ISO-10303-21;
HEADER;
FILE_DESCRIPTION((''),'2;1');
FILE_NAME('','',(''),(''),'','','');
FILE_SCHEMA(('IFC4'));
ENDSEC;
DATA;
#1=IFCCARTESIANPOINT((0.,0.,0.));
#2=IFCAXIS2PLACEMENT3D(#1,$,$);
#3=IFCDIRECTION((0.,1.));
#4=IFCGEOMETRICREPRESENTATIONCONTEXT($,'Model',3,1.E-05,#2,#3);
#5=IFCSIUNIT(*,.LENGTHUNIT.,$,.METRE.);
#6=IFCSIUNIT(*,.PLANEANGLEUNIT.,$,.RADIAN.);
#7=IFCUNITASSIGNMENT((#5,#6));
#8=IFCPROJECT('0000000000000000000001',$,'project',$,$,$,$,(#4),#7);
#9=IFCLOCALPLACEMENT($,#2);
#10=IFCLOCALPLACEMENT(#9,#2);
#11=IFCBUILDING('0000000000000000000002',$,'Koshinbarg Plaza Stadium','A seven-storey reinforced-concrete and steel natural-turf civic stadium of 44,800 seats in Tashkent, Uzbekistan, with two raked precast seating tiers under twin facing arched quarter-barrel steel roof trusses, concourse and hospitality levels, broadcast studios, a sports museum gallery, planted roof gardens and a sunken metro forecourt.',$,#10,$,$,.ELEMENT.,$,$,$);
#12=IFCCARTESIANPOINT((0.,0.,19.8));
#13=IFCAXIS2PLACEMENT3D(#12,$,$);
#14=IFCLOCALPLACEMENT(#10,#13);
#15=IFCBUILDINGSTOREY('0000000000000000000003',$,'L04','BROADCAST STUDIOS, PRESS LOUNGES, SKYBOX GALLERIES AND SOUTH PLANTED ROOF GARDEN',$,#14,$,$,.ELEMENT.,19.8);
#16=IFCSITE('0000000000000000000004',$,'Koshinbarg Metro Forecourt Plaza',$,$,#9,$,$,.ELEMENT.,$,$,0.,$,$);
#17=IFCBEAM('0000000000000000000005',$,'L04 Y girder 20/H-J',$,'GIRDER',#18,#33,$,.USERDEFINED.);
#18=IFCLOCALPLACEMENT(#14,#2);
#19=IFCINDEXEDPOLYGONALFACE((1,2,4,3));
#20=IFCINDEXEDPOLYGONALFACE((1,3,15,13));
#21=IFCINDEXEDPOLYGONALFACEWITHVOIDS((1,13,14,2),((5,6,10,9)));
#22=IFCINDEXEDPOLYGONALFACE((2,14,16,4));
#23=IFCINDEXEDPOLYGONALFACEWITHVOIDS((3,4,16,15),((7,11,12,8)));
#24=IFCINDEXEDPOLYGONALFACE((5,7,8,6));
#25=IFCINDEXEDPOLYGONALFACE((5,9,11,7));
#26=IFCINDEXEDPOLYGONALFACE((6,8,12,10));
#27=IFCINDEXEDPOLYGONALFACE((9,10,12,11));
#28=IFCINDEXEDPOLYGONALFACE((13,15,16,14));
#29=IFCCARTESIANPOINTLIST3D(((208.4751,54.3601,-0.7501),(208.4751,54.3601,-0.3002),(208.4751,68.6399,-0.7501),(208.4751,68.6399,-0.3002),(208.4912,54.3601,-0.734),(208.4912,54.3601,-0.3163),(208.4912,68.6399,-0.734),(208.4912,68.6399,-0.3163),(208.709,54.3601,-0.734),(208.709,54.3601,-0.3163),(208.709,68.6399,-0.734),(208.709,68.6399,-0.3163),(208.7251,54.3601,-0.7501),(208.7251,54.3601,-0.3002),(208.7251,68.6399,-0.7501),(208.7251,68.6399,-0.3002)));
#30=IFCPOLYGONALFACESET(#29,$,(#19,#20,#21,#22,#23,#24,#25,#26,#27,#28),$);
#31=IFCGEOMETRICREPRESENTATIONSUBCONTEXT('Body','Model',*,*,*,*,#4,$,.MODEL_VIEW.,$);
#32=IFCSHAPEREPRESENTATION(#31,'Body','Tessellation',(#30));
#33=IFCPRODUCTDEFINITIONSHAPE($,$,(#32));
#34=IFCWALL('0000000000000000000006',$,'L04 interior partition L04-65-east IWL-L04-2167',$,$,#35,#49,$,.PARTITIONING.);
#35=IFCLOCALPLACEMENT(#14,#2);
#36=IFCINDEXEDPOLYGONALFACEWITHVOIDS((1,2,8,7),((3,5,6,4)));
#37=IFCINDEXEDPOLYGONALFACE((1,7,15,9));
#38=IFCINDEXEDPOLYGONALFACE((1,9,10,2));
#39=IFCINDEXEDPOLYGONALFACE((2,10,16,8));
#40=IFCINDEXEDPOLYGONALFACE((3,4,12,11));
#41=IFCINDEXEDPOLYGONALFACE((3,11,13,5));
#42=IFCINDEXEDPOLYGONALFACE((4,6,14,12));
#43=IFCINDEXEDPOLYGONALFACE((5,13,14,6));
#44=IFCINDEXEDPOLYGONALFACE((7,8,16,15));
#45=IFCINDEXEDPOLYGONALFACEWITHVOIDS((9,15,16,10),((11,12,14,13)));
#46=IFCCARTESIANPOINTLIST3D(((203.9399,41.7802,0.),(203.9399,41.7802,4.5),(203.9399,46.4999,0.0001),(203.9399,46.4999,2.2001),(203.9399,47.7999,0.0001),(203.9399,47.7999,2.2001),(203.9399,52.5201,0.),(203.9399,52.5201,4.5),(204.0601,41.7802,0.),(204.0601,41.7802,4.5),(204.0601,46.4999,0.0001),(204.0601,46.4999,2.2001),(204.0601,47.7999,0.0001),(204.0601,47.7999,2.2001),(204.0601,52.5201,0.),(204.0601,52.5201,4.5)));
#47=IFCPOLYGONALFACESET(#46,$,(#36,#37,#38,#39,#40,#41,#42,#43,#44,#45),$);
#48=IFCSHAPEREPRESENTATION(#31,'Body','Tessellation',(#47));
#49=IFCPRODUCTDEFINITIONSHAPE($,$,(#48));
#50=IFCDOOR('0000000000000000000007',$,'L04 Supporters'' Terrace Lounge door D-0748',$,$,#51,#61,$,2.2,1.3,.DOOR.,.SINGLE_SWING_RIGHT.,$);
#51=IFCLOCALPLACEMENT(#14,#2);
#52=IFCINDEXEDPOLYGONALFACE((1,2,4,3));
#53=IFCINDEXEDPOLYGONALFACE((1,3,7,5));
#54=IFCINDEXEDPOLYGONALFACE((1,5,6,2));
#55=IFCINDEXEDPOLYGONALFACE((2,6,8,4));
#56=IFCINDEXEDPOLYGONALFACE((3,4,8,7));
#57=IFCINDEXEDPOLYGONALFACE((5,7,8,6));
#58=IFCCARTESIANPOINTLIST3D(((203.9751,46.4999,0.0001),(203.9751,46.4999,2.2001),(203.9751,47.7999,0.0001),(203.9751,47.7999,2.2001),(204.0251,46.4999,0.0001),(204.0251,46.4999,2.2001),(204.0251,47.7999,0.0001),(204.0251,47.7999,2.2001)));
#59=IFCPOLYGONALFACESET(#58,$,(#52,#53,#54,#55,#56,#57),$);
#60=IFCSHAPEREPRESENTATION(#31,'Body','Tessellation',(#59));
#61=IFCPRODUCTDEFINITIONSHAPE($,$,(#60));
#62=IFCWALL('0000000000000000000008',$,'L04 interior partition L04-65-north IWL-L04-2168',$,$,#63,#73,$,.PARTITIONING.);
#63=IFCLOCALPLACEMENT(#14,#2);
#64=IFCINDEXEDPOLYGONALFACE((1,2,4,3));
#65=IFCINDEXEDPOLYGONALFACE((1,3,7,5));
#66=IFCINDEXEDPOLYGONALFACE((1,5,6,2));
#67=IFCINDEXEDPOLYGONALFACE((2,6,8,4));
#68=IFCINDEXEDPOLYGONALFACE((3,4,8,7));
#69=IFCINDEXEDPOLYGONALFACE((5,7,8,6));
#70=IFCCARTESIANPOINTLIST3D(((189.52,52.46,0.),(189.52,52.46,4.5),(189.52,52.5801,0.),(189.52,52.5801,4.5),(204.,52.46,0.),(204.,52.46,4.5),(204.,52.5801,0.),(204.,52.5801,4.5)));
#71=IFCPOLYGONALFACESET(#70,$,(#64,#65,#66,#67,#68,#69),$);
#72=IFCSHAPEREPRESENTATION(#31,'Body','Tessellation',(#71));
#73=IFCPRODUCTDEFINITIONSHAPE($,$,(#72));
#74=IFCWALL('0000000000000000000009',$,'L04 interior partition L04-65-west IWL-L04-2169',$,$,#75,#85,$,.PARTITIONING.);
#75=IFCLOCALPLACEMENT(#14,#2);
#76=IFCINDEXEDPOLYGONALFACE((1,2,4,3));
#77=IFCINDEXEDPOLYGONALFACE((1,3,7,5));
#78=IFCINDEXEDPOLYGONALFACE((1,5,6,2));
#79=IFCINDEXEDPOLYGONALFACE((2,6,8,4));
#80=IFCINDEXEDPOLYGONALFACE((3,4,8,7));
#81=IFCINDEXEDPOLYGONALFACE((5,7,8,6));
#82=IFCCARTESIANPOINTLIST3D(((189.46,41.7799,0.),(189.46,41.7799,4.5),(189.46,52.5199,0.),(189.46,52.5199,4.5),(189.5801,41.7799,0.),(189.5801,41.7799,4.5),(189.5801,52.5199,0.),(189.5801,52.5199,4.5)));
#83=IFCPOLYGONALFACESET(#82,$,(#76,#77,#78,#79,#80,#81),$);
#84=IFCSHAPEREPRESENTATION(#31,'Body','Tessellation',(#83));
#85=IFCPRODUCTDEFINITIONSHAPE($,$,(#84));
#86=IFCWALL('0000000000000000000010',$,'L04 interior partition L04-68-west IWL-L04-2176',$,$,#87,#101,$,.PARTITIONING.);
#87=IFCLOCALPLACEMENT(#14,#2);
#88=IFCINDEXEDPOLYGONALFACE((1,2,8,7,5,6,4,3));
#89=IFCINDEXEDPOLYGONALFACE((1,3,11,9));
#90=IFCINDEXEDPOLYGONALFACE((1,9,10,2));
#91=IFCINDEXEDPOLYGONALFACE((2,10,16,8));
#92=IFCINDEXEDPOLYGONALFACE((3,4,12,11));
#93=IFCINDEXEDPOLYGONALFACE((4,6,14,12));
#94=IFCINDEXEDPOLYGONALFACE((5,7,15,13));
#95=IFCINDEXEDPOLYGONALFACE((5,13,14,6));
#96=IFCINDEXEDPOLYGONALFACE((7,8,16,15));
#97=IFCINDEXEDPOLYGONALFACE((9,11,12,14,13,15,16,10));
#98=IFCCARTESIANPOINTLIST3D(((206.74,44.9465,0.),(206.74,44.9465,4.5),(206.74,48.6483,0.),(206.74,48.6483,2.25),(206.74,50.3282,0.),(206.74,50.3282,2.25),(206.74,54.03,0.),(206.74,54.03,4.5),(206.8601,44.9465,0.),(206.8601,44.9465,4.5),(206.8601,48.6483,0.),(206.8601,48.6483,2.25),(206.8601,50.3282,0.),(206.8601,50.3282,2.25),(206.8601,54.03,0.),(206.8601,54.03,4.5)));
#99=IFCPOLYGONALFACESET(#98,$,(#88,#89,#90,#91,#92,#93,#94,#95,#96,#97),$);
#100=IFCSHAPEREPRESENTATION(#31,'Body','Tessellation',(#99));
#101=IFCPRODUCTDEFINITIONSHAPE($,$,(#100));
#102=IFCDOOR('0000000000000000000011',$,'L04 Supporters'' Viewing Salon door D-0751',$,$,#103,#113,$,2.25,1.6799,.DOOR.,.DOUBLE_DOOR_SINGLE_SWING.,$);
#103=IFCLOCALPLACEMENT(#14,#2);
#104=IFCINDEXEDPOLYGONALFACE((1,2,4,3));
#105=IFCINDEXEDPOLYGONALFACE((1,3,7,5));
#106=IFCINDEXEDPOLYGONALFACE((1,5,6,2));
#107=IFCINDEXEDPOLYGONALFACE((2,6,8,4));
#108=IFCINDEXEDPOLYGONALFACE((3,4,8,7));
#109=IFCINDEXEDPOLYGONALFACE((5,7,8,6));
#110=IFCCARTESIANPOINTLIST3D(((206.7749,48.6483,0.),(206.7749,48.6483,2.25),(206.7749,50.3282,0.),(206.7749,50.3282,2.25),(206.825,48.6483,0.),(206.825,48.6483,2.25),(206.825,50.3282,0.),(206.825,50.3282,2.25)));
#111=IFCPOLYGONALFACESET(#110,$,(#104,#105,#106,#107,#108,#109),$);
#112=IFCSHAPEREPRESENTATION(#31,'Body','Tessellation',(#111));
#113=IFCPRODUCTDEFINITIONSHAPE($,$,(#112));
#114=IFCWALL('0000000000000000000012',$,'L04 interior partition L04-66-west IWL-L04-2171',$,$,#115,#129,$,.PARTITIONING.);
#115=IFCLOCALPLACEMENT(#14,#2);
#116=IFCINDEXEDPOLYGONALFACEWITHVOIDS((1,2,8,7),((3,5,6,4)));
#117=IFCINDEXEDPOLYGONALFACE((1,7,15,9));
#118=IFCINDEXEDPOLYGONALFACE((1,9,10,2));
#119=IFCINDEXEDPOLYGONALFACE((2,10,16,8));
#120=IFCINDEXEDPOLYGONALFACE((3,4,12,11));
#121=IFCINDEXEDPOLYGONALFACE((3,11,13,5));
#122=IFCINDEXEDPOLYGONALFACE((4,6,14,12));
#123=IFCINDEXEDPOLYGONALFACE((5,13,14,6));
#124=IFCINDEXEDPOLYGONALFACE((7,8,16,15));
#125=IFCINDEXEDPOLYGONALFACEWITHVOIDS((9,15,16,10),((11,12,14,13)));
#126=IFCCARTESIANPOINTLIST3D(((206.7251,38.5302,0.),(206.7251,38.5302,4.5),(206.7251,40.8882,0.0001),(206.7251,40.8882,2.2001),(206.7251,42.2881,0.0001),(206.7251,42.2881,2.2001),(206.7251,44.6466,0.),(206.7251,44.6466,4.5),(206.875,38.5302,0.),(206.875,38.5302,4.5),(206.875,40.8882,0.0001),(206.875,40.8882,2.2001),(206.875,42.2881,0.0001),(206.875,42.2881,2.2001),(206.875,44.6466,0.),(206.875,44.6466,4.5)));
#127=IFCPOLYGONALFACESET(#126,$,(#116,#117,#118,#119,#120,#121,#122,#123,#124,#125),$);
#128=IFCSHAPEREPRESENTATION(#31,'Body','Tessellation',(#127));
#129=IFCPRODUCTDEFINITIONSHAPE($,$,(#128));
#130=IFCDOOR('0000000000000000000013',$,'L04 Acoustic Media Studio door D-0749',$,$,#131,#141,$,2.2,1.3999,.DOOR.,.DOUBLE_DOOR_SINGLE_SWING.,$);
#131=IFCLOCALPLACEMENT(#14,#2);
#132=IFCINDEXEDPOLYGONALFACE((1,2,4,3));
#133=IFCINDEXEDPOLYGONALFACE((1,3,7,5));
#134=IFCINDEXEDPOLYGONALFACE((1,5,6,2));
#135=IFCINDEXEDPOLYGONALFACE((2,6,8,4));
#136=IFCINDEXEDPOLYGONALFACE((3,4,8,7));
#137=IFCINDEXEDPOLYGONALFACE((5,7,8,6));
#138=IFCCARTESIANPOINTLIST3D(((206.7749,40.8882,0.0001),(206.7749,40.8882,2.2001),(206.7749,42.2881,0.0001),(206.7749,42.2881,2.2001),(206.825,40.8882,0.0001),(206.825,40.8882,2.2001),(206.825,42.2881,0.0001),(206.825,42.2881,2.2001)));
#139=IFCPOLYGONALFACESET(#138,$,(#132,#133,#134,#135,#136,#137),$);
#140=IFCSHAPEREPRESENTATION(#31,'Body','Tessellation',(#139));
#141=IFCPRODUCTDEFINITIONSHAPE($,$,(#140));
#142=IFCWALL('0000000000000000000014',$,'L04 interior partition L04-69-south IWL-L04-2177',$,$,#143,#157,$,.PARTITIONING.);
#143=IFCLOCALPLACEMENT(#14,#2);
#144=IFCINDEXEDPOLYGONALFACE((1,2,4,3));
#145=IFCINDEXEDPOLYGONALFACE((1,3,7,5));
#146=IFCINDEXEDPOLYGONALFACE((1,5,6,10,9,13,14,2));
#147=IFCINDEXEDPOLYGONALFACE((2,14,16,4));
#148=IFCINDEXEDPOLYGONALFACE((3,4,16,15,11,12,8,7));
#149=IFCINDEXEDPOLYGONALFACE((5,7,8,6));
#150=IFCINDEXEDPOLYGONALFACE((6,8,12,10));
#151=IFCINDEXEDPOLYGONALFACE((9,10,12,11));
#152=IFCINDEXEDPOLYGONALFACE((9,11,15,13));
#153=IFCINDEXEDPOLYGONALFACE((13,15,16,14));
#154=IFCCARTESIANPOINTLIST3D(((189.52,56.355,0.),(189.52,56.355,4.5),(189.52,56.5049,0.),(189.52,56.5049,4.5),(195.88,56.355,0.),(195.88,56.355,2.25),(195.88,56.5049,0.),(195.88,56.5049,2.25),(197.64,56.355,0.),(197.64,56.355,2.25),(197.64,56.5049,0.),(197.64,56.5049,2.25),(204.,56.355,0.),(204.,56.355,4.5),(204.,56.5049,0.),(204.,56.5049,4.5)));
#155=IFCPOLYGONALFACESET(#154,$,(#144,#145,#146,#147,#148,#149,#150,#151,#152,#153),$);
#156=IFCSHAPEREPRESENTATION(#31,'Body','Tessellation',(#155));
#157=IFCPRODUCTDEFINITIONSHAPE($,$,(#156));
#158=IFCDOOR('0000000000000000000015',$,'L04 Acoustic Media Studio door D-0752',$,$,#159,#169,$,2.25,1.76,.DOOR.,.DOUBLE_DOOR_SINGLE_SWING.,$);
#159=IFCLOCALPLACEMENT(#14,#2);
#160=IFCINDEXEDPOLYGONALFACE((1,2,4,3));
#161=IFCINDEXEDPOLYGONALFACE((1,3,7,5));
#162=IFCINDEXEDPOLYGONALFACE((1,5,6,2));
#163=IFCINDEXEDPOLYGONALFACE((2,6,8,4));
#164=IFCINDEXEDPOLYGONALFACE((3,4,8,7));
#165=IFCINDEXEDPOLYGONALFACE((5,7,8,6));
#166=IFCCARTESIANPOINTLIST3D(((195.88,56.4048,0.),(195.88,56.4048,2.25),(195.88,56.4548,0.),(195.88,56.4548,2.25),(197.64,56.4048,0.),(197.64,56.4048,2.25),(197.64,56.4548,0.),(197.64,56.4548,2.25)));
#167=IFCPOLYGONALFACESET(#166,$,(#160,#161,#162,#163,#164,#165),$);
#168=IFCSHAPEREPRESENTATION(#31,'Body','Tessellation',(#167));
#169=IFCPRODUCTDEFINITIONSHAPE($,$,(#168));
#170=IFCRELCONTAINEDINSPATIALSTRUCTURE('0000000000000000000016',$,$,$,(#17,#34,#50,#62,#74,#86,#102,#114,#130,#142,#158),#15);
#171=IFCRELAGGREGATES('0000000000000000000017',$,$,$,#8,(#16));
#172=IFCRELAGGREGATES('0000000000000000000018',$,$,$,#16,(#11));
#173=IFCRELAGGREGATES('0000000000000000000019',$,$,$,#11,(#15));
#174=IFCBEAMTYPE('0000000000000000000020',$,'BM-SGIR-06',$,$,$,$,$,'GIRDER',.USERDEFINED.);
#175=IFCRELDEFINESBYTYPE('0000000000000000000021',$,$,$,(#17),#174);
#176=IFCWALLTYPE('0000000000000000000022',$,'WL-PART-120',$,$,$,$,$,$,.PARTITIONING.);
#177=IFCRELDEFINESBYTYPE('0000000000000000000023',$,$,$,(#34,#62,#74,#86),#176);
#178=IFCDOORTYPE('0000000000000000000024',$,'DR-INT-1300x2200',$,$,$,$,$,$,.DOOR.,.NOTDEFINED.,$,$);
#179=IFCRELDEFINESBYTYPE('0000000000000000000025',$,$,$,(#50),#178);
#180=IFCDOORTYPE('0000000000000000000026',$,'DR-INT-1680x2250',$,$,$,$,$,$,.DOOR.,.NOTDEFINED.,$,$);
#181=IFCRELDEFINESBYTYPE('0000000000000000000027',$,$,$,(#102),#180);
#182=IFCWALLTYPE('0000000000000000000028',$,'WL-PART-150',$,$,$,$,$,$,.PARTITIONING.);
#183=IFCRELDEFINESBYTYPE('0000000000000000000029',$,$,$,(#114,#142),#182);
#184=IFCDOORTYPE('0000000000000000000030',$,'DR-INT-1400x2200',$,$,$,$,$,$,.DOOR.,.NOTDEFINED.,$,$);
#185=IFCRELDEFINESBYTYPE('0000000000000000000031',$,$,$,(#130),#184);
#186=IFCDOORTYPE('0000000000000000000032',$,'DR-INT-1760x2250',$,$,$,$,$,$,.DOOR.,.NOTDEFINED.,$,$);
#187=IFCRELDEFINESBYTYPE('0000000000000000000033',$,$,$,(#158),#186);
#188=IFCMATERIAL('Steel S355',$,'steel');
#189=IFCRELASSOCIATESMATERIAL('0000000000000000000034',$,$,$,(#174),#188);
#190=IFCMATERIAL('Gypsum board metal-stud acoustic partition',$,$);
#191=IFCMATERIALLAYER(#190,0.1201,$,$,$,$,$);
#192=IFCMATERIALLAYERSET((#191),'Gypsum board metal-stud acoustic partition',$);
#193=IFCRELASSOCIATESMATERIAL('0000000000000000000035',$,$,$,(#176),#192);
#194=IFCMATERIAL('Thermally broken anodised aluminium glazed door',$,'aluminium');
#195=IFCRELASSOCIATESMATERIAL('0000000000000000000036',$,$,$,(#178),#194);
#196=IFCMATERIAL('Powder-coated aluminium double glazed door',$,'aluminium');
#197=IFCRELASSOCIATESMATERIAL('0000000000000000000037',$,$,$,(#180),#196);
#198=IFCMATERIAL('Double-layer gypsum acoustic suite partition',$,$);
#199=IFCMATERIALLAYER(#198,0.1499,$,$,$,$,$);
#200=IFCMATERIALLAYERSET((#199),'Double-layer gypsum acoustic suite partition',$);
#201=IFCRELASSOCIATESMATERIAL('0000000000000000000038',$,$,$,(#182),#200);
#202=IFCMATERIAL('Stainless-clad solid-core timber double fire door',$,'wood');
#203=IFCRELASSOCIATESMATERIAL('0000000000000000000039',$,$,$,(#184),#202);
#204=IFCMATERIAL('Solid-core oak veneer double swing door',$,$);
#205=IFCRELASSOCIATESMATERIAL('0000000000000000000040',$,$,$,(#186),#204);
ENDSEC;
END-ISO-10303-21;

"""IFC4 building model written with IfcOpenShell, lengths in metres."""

from ifc_helpers import new_model, si_unit, direction, frame, frame_2d, origin, origin_2d, place, context, subcontext, project, spatial, rectangle, hollow_rectangle, extrude, material, layer, layer_set, material_profile, profile_set, type_object, element, fill, save


model = new_model("IFC4")

# Units and contexts
model_context = context("Model", 3, precision=1e-05, world=origin(), true_north=direction((0.0, 1.0)))
body_context = subcontext(model_context, "Body", "Model", "MODEL_VIEW")
ifc_project = project(units=[si_unit("LENGTHUNIT", "METRE"), si_unit("PLANEANGLEUNIT", "RADIAN")], contexts=[model_context])

# Site, building, storey
site_placement = place(None, origin())
site = spatial("IfcSite", under=ifc_project, at=site_placement, Name="Koshinbarg Metro Forecourt Plaza", CompositionType="ELEMENT", RefElevation=0.0)
building_placement = place(site_placement, origin())
building = spatial("IfcBuilding", under=site, at=building_placement, Name="Koshinbarg Plaza Stadium", Description="A seven-storey reinforced-concrete and steel natural-turf civic stadium of 44,800 seats in Tashkent, Uzbekistan, with two raked precast seating tiers under twin facing arched quarter-barrel steel roof trusses, concourse and hospitality levels, broadcast studios, a sports museum gallery, planted roof gardens and a sunken metro forecourt.", CompositionType="ELEMENT")
storey_placement = place(building_placement, frame((0.0, 0.0, 19.8)))
storey = spatial("IfcBuildingStorey", under=building, at=storey_placement, Name="L04", Description="BROADCAST STUDIOS, PRESS LOUNGES, SKYBOX GALLERIES AND SOUTH PLANTED ROOF GARDEN", CompositionType="ELEMENT", Elevation=19.8)

# Shared definitions
ifc_material_1 = material(Name="Steel S355", Category="steel")

# Beam
ifc_material_profile_1 = material_profile(ifc_material_1, hollow_rectangle(XDim=0.25, YDim=0.45, WallThickness=0.0161, at=origin_2d()), Name="RHS 450x250x16")
ifc_profile_set_1 = profile_set([ifc_material_profile_1], Name="Steel S355")
beam_type_1 = type_object("IfcBeamType", Name="BM-SGIR-06", ElementType="GIRDER", PredefinedType="USERDEFINED", material=ifc_profile_set_1)
beam_1_placement = place(storey_placement, frame((208.6001, 54.3601, -0.5251), z_axis=(0.0, 1.0, 0.0), x_axis=(-1.0, 0.0, 0.0)))
element("IfcBeam", 1, at=beam_1_placement, inside=storey, type_object=beam_type_1, Name="L04 Y girder 20/H-J", ObjectType="GIRDER", PredefinedType="USERDEFINED", context=body_context, shape_type="SweptSolid", body=[
    extrude(hollow_rectangle(XDim=0.25, YDim=0.45, WallThickness=0.0161, at=origin_2d()), origin(), (0.0, 0.0, 1.0), 14.2798),
])

# Wall, opening, door
ifc_material_2 = material(Name="Gypsum board metal-stud acoustic partition")
ifc_layer_1 = layer(ifc_material_2, 0.1201)
ifc_layer_set_1 = layer_set([ifc_layer_1], Name="Gypsum board metal-stud acoustic partition")
wall_type_1 = type_object("IfcWallType", Name="WL-PART-120", PredefinedType="PARTITIONING", material=ifc_layer_set_1)
wall_1_placement = place(storey_placement, frame((204.0, 41.78, 0.0), z_axis=(0.0, 0.0, 1.0), x_axis=(0.0, 1.0, 0.0)))
wall_1 = element("IfcWall", 2, at=wall_1_placement, inside=storey, type_object=wall_type_1, Name="L04 interior partition L04-65-east IWL-L04-2167", PredefinedType="PARTITIONING", context=body_context, shape_type="SweptSolid", body=[
    extrude(rectangle(XDim=10.74, YDim=0.1201, at=frame_2d((5.3701, 0.0))), origin(), (0.0, 0.0, 1.0), 4.5),
])
opening_1_placement = place(wall_1_placement, frame((4.72, 0.0, 0.0)))
opening_1 = element("IfcOpeningElement", 3, at=opening_1_placement, cuts=wall_1, PredefinedType="OPENING", context=body_context, shape_type="SweptSolid", body=[
    extrude(rectangle(XDim=1.3, YDim=2.2, at=frame_2d((0.6499, 1.1001))), frame((0.0, 0.0701, 0.0), z_axis=(0.0, -1.0, 0.0), x_axis=(1.0, 0.0, 0.0)), (0.0, 0.0, 1.0), 0.1401),
])
ifc_material_3 = material(Name="Thermally broken anodised aluminium glazed door", Category="aluminium")
door_type_1 = type_object("IfcDoorType", Name="DR-INT-1300x2200", OperationType="NOTDEFINED", PredefinedType="DOOR", material=ifc_material_3)
door_1_placement = place(opening_1_placement, origin())
door_1 = element("IfcDoor", 4, at=door_1_placement, inside=storey, type_object=door_type_1, Name="L04 Supporters' Terrace Lounge door D-0748", OperationType="SINGLE_SWING_RIGHT", OverallHeight=2.2, OverallWidth=1.3, PredefinedType="DOOR", context=body_context, shape_type="SweptSolid", body=[
    extrude(rectangle(XDim=1.3, YDim=2.2, at=frame_2d((0.6499, 1.1001))), frame((0.0, 0.0249, 0.0), z_axis=(0.0, -1.0, 0.0), x_axis=(1.0, 0.0, 0.0)), (0.0, 0.0, 1.0), 0.05),
])
fill(opening_1, door_1)

# Walls
wall_2_placement = place(storey_placement, frame((204.0, 52.52, 0.0), z_axis=(0.0, 0.0, 1.0), x_axis=(-1.0, 0.0, 0.0)))
element("IfcWall", 5, at=wall_2_placement, inside=storey, type_object=wall_type_1, Name="L04 interior partition L04-65-north IWL-L04-2168", PredefinedType="PARTITIONING", context=body_context, shape_type="SweptSolid", body=[
    extrude(rectangle(XDim=14.48, YDim=0.1201, at=frame_2d((7.24, 0.0))), origin(), (0.0, 0.0, 1.0), 4.5),
])
wall_3_placement = place(storey_placement, frame((189.52, 52.52, 0.0), z_axis=(0.0, 0.0, 1.0), x_axis=(0.0, -1.0, 0.0)))
element("IfcWall", 6, at=wall_3_placement, inside=storey, type_object=wall_type_1, Name="L04 interior partition L04-65-west IWL-L04-2169", PredefinedType="PARTITIONING", context=body_context, shape_type="SweptSolid", body=[
    extrude(rectangle(XDim=10.74, YDim=0.1201, at=frame_2d((5.3701, 0.0))), origin(), (0.0, 0.0, 1.0), 4.5),
])

# Walls, openings, doors
wall_4_placement = place(storey_placement, frame((206.8, 54.03, 0.0), z_axis=(0.0, 0.0, 1.0), x_axis=(0.0, -1.0, 0.0)))
wall_4 = element("IfcWall", 7, at=wall_4_placement, inside=storey, type_object=wall_type_1, Name="L04 interior partition L04-68-west IWL-L04-2176", PredefinedType="PARTITIONING", context=body_context, shape_type="SweptSolid", body=[
    extrude(rectangle(XDim=9.0835, YDim=0.1201, at=frame_2d((4.5417, 0.0))), origin(), (0.0, 0.0, 1.0), 4.5),
])
opening_2_placement = place(wall_4_placement, frame((3.7019, 0.0, 0.0)))
opening_2 = element("IfcOpeningElement", 8, at=opening_2_placement, cuts=wall_4, PredefinedType="OPENING", context=body_context, shape_type="SweptSolid", body=[
    extrude(rectangle(XDim=1.6799, YDim=2.25, at=frame_2d((0.8398, 1.125))), frame((0.0, 0.0701, 0.0), z_axis=(0.0, -1.0, 0.0), x_axis=(1.0, 0.0, 0.0)), (0.0, 0.0, 1.0), 0.1401),
])
ifc_material_4 = material(Name="Powder-coated aluminium double glazed door", Category="aluminium")
door_type_2 = type_object("IfcDoorType", Name="DR-INT-1680x2250", OperationType="NOTDEFINED", PredefinedType="DOOR", material=ifc_material_4)
door_2_placement = place(opening_2_placement, origin())
door_2 = element("IfcDoor", 9, at=door_2_placement, inside=storey, type_object=door_type_2, Name="L04 Supporters' Viewing Salon door D-0751", OperationType="DOUBLE_DOOR_SINGLE_SWING", OverallHeight=2.25, OverallWidth=1.6799, PredefinedType="DOOR", context=body_context, shape_type="SweptSolid", body=[
    extrude(rectangle(XDim=1.6799, YDim=2.25, at=frame_2d((0.8398, 1.125))), frame((0.0, 0.0249, 0.0), z_axis=(0.0, -1.0, 0.0), x_axis=(1.0, 0.0, 0.0)), (0.0, 0.0, 1.0), 0.05),
])
fill(opening_2, door_2)
ifc_material_5 = material(Name="Double-layer gypsum acoustic suite partition")
ifc_layer_2 = layer(ifc_material_5, 0.1499)
ifc_layer_set_2 = layer_set([ifc_layer_2], Name="Double-layer gypsum acoustic suite partition")
wall_type_2 = type_object("IfcWallType", Name="WL-PART-150", PredefinedType="PARTITIONING", material=ifc_layer_set_2)
wall_5_placement = place(storey_placement, frame((206.8, 44.6465, 0.0), z_axis=(0.0, 0.0, 1.0), x_axis=(0.0, -1.0, 0.0)))
wall_5 = element("IfcWall", 10, at=wall_5_placement, inside=storey, type_object=wall_type_2, Name="L04 interior partition L04-66-west IWL-L04-2171", PredefinedType="PARTITIONING", context=body_context, shape_type="SweptSolid", body=[
    extrude(rectangle(XDim=6.1165, YDim=0.1499, at=frame_2d((3.0581, 0.0))), origin(), (0.0, 0.0, 1.0), 4.5),
])
opening_3_placement = place(wall_5_placement, frame((2.3584, 0.0, 0.0)))
opening_3 = element("IfcOpeningElement", 11, at=opening_3_placement, cuts=wall_5, PredefinedType="OPENING", context=body_context, shape_type="SweptSolid", body=[
    extrude(rectangle(XDim=1.3999, YDim=2.2, at=frame_2d((0.7, 1.1001))), frame((0.0, 0.085, 0.0), z_axis=(0.0, -1.0, 0.0), x_axis=(1.0, 0.0, 0.0)), (0.0, 0.0, 1.0), 0.1699),
])
ifc_material_6 = material(Name="Stainless-clad solid-core timber double fire door", Category="wood")
door_type_3 = type_object("IfcDoorType", Name="DR-INT-1400x2200", OperationType="NOTDEFINED", PredefinedType="DOOR", material=ifc_material_6)
door_3_placement = place(opening_3_placement, origin())
door_3 = element("IfcDoor", 12, at=door_3_placement, inside=storey, type_object=door_type_3, Name="L04 Acoustic Media Studio door D-0749", OperationType="DOUBLE_DOOR_SINGLE_SWING", OverallHeight=2.2, OverallWidth=1.3999, PredefinedType="DOOR", context=body_context, shape_type="SweptSolid", body=[
    extrude(rectangle(XDim=1.3999, YDim=2.2, at=frame_2d((0.7, 1.1001))), frame((0.0, 0.0249, 0.0), z_axis=(0.0, -1.0, 0.0), x_axis=(1.0, 0.0, 0.0)), (0.0, 0.0, 1.0), 0.05),
])
fill(opening_3, door_3)
wall_6_placement = place(storey_placement, frame((189.52, 56.4299, 0.0), z_axis=(0.0, 0.0, 1.0), x_axis=(1.0, 0.0, 0.0)))
wall_6 = element("IfcWall", 13, at=wall_6_placement, inside=storey, type_object=wall_type_2, Name="L04 interior partition L04-69-south IWL-L04-2177", PredefinedType="PARTITIONING", context=body_context, shape_type="SweptSolid", body=[
    extrude(rectangle(XDim=14.48, YDim=0.1499, at=frame_2d((7.24, 0.0))), origin(), (0.0, 0.0, 1.0), 4.5),
])
opening_4_placement = place(wall_6_placement, frame((6.3601, 0.0, 0.0)))
opening_4 = element("IfcOpeningElement", 14, at=opening_4_placement, cuts=wall_6, PredefinedType="OPENING", context=body_context, shape_type="SweptSolid", body=[
    extrude(rectangle(XDim=1.76, YDim=2.25, at=frame_2d((0.8799, 1.125))), frame((0.0, 0.085, 0.0), z_axis=(0.0, -1.0, 0.0), x_axis=(1.0, 0.0, 0.0)), (0.0, 0.0, 1.0), 0.1699),
])
ifc_material_7 = material(Name="Solid-core oak veneer double swing door")
door_type_4 = type_object("IfcDoorType", Name="DR-INT-1760x2250", OperationType="NOTDEFINED", PredefinedType="DOOR", material=ifc_material_7)
door_4_placement = place(opening_4_placement, origin())
door_4 = element("IfcDoor", 15, at=door_4_placement, inside=storey, type_object=door_type_4, Name="L04 Acoustic Media Studio door D-0752", OperationType="DOUBLE_DOOR_SINGLE_SWING", OverallHeight=2.25, OverallWidth=1.76, PredefinedType="DOOR", context=body_context, shape_type="SweptSolid", body=[
    extrude(rectangle(XDim=1.76, YDim=2.25, at=frame_2d((0.8799, 1.125))), frame((0.0, 0.0249, 0.0), z_axis=(0.0, -1.0, 0.0), x_axis=(1.0, 0.0, 0.0)), (0.0, 0.0, 1.0), 0.05),
])
fill(opening_4, door_4)

save(model, "model.ifc")
